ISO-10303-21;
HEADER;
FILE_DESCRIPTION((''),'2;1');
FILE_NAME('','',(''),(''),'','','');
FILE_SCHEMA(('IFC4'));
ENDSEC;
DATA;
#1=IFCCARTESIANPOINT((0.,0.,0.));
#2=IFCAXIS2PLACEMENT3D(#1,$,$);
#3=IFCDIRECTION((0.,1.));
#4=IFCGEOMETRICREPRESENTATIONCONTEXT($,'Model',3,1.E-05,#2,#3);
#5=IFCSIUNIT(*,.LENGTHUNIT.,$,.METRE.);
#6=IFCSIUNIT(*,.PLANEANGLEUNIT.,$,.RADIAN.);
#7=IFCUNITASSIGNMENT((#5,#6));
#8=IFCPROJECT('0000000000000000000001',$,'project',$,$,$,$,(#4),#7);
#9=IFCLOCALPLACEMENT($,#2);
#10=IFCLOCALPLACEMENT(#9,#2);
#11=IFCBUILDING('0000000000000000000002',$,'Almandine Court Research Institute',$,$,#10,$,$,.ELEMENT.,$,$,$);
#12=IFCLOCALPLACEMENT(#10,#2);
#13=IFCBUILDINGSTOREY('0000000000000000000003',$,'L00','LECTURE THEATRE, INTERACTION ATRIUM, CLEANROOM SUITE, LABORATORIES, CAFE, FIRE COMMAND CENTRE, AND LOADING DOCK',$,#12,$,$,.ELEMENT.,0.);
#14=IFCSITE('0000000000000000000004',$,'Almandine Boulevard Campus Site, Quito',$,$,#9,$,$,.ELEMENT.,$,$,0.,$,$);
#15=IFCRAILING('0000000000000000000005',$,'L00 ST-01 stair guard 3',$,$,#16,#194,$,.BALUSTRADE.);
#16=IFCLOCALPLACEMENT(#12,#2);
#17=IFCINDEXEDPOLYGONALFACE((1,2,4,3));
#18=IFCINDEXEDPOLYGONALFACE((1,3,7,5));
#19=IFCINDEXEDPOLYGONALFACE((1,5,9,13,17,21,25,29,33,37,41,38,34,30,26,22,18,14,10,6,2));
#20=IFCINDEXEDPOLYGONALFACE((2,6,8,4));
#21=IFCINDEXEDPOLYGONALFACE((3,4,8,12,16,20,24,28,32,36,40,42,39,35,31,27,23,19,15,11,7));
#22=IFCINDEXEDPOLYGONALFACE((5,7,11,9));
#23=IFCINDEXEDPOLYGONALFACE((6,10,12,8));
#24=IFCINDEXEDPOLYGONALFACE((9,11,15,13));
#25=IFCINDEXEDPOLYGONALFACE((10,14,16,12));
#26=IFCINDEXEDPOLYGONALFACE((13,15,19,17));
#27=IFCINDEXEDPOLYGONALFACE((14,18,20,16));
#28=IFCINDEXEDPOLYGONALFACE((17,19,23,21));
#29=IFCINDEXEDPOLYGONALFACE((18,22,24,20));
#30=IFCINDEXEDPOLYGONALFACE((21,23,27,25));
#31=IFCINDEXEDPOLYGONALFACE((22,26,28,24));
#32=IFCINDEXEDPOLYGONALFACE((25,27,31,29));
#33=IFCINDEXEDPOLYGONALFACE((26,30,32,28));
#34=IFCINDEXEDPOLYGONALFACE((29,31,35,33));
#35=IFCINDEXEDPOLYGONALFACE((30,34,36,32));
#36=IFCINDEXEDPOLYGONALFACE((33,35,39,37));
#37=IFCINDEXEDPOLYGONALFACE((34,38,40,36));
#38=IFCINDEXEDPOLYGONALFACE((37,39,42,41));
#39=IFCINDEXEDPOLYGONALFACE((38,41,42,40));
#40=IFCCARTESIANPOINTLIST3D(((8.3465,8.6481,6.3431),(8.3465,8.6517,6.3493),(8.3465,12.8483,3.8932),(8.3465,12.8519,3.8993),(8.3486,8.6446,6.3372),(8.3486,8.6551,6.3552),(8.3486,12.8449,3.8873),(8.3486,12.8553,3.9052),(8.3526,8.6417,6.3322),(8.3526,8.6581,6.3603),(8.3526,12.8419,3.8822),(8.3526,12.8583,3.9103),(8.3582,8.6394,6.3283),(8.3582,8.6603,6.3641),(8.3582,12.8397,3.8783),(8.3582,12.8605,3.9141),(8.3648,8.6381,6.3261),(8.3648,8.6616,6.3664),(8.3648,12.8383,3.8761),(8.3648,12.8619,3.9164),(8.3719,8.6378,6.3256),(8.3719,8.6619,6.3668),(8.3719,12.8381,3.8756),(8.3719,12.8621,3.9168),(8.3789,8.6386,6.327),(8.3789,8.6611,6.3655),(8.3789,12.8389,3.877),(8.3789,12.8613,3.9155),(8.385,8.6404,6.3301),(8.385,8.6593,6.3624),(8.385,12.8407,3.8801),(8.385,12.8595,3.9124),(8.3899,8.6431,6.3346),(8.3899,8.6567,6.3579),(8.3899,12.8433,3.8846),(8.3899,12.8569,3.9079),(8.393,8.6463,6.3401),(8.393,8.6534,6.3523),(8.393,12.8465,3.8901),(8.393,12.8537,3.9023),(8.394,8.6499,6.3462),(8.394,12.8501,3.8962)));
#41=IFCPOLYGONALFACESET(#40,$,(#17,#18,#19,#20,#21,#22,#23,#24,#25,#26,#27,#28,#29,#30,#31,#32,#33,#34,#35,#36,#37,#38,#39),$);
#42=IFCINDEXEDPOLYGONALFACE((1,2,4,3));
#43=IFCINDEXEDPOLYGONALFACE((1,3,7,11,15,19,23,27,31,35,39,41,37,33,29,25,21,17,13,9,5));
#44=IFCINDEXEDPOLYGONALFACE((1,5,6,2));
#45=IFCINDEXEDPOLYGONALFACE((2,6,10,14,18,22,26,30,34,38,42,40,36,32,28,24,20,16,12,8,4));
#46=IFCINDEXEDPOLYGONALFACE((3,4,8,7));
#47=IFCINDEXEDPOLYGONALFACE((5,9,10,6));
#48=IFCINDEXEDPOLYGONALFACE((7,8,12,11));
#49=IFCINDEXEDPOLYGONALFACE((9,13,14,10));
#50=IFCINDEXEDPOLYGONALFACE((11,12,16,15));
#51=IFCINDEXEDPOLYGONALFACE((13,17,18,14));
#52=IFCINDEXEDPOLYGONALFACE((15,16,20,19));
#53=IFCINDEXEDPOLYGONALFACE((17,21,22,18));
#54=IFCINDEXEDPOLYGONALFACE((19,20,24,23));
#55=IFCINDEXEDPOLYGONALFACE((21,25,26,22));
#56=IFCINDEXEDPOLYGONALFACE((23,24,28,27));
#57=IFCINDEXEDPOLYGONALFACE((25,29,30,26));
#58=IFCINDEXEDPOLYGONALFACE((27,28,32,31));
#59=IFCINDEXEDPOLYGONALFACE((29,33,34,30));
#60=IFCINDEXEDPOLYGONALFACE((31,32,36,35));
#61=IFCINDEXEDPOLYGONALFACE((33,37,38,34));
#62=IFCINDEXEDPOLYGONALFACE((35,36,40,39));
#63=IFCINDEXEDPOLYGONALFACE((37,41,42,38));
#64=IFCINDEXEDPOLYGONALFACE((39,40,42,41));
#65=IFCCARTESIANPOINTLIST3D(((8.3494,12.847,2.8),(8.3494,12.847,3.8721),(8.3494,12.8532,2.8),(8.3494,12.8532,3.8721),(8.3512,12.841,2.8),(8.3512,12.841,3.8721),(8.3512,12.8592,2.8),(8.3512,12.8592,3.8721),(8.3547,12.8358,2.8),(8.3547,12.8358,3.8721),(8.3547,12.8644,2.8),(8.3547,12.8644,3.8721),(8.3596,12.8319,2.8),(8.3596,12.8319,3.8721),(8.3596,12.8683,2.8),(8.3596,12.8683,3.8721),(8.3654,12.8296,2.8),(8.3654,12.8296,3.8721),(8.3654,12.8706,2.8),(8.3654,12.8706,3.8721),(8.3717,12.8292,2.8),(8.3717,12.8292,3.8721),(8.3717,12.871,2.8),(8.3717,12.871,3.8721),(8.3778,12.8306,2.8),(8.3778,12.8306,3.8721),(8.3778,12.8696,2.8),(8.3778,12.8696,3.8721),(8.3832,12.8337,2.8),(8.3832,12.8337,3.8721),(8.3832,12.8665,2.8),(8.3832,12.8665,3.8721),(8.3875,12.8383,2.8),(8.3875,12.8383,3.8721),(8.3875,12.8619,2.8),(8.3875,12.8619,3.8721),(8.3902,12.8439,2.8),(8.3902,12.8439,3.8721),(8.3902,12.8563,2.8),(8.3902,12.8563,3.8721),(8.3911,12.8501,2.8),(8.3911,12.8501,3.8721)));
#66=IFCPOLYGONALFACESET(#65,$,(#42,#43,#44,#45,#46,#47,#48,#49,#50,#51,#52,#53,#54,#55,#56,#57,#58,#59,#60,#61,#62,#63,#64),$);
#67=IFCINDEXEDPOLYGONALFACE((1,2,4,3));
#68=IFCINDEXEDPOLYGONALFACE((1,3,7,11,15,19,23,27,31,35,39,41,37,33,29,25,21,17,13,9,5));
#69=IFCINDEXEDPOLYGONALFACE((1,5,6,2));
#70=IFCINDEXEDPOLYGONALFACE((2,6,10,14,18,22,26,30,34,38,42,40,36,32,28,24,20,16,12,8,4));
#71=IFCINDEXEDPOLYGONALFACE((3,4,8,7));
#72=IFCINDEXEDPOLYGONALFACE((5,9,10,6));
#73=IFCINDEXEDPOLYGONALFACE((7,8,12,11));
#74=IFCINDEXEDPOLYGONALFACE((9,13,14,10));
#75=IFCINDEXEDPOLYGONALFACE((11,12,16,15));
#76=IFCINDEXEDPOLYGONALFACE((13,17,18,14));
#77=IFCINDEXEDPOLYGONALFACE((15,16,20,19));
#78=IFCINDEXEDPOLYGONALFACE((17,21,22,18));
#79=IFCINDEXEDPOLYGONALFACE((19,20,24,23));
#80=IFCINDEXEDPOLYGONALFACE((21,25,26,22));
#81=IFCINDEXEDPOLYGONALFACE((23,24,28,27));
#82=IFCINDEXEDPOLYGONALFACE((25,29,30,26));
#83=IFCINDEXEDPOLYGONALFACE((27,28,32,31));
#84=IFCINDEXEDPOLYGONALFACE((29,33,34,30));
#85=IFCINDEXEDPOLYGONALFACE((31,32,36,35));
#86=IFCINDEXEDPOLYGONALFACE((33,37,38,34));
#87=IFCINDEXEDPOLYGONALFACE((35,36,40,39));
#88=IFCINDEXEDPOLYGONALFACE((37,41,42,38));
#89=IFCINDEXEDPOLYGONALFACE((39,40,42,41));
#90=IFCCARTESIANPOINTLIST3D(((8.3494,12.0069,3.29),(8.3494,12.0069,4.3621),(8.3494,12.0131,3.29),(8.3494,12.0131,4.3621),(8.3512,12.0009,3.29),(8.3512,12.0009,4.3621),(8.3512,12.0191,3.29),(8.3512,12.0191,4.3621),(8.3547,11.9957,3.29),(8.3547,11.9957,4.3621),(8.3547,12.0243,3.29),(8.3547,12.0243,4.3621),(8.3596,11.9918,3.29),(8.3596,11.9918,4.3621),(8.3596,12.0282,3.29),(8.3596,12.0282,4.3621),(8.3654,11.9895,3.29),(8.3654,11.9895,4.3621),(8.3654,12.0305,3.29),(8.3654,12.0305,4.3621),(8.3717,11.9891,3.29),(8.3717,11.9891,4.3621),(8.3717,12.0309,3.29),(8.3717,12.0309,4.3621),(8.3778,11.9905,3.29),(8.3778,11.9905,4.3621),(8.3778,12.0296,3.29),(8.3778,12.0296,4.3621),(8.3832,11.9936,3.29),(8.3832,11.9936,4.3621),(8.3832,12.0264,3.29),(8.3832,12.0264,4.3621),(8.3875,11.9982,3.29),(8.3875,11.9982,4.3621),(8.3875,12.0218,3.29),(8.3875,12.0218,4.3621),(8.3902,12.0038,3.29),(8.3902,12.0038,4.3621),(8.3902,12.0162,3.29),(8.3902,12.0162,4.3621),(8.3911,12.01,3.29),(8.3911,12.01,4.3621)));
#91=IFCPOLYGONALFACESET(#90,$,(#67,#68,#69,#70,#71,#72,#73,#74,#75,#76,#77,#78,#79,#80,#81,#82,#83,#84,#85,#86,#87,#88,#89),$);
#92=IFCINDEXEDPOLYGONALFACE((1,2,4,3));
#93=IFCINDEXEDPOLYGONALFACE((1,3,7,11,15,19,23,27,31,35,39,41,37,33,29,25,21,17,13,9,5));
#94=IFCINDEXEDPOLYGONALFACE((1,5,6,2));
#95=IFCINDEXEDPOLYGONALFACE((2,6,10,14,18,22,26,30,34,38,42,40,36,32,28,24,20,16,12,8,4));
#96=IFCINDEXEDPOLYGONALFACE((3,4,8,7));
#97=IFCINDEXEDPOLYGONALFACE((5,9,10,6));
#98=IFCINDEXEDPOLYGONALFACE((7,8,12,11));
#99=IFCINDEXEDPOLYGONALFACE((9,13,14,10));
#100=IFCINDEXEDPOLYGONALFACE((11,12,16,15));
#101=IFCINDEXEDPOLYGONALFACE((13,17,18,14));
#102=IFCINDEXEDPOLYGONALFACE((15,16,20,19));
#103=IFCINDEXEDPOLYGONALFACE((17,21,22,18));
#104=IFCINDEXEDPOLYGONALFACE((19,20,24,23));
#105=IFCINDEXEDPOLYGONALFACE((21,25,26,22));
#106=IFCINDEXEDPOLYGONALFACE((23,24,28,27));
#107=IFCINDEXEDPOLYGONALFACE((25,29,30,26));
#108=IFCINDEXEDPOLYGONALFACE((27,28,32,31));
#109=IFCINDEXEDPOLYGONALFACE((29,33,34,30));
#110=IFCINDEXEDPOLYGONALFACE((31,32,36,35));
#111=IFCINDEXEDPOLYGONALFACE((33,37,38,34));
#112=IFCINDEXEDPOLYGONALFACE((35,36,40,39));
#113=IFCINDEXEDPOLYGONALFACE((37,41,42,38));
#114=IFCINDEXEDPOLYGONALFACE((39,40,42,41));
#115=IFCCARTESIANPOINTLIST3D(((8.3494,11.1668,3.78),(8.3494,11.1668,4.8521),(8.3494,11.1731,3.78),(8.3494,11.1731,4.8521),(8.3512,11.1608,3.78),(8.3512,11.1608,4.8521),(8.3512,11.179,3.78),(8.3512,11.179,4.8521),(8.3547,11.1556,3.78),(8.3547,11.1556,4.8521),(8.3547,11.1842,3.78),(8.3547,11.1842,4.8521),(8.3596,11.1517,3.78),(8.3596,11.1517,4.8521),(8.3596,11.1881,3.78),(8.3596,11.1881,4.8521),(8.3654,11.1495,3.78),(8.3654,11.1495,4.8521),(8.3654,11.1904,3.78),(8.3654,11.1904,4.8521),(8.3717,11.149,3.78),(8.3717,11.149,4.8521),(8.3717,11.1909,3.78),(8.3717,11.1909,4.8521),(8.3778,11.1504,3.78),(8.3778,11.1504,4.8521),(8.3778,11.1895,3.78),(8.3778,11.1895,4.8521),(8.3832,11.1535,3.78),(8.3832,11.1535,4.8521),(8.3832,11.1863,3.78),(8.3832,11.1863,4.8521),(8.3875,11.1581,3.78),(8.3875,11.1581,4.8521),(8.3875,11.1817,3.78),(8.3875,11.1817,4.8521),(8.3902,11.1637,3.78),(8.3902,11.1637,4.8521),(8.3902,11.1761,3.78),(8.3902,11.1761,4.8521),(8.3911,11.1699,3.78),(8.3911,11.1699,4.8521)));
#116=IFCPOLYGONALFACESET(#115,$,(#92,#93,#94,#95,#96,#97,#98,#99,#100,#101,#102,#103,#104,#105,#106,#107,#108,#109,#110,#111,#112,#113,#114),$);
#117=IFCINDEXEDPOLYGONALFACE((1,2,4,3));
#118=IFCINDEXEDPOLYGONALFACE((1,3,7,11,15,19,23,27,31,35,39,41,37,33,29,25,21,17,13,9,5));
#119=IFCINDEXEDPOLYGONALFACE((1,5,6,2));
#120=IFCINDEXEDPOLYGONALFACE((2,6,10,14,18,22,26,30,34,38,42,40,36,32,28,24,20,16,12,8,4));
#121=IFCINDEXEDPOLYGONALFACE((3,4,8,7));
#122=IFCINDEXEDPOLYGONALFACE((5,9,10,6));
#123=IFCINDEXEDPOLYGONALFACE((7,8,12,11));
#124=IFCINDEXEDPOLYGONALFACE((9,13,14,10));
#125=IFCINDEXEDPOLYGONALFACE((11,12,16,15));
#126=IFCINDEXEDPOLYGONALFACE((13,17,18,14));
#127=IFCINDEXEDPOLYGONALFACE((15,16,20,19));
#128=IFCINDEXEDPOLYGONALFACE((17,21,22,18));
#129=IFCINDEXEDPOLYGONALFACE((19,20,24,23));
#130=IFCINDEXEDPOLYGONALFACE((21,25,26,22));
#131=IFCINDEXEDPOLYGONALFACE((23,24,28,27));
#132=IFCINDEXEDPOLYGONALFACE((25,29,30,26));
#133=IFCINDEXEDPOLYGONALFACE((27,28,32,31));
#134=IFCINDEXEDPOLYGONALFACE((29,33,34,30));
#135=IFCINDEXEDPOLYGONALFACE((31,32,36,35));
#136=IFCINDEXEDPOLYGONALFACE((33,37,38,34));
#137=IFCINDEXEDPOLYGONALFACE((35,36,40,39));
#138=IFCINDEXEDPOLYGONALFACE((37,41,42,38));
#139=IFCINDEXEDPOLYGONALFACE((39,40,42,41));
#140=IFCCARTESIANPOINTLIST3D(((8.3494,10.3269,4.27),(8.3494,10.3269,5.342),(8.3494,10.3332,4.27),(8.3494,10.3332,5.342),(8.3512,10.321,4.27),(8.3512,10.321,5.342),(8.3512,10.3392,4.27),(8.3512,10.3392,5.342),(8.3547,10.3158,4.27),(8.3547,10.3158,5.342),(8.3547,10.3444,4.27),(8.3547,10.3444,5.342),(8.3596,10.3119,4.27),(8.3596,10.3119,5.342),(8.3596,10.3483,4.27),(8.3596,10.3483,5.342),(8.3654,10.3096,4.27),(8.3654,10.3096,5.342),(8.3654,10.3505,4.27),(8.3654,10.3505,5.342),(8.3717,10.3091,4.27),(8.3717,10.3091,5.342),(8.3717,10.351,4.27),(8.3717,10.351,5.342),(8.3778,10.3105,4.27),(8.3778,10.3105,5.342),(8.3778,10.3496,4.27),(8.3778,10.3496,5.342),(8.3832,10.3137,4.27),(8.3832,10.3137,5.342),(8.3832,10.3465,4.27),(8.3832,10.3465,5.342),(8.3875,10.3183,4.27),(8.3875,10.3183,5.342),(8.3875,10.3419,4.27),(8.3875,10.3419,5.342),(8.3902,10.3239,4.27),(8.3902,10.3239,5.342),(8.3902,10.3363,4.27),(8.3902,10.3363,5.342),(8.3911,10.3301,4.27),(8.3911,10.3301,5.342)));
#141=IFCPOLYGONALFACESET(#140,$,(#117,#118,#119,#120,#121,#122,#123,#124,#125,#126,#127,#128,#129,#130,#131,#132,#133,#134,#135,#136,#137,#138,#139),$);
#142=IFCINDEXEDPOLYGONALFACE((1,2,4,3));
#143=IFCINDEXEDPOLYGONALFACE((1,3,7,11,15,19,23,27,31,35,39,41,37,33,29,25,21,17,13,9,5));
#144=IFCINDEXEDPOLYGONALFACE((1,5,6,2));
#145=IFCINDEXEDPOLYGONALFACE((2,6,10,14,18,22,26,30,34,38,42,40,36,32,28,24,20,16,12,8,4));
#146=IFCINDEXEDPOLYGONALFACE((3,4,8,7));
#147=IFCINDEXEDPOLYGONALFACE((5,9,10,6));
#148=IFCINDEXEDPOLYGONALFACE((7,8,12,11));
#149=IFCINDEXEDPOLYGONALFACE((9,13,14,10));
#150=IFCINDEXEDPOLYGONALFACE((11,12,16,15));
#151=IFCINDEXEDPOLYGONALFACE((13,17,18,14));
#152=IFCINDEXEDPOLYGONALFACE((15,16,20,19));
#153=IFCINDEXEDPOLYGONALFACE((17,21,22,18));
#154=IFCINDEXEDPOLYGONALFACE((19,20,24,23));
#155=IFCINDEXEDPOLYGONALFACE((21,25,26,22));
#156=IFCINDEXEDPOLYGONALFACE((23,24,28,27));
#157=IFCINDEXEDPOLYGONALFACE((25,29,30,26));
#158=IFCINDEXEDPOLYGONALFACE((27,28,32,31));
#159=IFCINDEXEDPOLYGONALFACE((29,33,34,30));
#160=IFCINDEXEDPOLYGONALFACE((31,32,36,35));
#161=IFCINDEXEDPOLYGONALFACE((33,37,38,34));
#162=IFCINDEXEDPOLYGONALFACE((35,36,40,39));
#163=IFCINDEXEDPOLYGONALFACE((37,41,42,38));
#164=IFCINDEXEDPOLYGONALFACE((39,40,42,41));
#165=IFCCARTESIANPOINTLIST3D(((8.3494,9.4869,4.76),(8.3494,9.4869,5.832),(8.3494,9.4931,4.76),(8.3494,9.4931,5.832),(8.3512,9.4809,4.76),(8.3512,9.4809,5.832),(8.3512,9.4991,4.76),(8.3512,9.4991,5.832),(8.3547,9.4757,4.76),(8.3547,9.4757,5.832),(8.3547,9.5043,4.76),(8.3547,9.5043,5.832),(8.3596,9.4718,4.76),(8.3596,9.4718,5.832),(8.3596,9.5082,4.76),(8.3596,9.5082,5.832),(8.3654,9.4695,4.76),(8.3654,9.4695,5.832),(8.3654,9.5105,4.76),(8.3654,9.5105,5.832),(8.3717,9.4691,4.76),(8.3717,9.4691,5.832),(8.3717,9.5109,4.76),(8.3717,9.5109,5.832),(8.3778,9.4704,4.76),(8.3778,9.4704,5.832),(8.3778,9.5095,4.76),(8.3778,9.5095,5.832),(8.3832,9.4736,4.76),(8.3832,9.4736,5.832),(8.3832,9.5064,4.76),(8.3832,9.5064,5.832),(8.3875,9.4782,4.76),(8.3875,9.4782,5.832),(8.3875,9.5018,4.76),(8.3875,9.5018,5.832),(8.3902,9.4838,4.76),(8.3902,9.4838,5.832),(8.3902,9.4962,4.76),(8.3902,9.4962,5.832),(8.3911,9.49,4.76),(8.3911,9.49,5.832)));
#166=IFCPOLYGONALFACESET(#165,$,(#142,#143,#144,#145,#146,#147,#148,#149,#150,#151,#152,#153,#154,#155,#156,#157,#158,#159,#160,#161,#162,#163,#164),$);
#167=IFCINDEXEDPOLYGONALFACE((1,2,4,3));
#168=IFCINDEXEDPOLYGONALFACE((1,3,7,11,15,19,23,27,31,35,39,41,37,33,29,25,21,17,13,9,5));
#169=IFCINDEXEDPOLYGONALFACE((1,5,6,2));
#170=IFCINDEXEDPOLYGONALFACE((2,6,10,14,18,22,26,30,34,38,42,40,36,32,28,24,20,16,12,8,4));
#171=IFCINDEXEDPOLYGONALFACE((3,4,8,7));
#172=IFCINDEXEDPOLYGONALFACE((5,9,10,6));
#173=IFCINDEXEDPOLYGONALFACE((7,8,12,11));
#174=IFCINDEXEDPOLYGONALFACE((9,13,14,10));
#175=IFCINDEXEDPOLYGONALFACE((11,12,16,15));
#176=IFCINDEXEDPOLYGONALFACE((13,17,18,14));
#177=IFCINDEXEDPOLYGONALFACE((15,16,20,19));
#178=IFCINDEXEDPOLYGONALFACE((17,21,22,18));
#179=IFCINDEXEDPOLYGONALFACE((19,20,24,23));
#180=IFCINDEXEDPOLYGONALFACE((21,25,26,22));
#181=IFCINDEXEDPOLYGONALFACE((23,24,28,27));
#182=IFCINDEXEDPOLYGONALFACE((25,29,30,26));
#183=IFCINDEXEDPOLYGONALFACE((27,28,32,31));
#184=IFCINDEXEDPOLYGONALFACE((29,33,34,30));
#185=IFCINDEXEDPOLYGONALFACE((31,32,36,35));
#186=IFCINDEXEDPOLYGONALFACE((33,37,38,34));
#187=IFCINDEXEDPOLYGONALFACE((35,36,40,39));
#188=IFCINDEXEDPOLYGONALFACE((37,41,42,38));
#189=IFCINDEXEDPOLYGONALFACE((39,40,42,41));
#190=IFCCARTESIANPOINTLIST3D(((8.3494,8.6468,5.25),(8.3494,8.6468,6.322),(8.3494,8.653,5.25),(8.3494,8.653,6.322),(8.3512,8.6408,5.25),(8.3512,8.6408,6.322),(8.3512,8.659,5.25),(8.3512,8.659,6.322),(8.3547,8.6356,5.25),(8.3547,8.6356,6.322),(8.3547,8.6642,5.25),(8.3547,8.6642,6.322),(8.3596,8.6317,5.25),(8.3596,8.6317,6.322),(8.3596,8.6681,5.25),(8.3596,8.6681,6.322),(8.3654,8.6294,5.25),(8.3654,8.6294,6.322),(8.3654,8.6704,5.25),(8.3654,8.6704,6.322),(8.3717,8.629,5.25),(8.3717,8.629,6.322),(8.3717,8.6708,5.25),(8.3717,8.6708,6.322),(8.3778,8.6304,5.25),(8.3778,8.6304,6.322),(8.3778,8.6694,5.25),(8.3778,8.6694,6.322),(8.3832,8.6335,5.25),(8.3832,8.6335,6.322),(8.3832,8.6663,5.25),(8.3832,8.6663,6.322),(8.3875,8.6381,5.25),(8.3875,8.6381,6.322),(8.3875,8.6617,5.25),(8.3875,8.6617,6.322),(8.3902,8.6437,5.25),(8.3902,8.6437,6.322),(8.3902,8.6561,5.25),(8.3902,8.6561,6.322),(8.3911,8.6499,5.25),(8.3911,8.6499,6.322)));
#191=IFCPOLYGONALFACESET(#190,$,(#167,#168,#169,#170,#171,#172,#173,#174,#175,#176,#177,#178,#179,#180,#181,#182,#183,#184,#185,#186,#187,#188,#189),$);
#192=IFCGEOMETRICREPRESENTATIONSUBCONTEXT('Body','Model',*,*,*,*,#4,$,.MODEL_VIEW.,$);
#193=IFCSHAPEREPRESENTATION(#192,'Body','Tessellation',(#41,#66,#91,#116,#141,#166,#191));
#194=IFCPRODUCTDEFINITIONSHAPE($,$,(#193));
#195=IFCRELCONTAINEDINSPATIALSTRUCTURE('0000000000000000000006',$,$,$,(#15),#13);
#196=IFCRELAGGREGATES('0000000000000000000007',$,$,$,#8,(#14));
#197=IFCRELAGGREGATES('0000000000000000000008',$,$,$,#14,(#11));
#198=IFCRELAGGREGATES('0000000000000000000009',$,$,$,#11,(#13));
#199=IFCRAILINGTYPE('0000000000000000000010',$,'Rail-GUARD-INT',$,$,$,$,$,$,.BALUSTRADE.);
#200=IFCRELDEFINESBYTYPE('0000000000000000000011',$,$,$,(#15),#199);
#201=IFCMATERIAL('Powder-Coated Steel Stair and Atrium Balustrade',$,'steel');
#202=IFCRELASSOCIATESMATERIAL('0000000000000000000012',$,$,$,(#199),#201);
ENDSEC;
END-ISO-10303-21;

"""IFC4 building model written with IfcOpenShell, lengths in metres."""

from ifc_helpers import new_model, si_unit, direction, frame, origin, origin_2d, place, context, subcontext, project, spatial, circle, extrude, material, type_object, element, save


model = new_model("IFC4")

# Units and contexts
model_context = context("Model", 3, precision=1e-05, world=origin(), true_north=direction((0.0, 1.0)))
body_context = subcontext(model_context, "Body", "Model", "MODEL_VIEW")
ifc_project = project(units=[si_unit("LENGTHUNIT", "METRE"), si_unit("PLANEANGLEUNIT", "RADIAN")], contexts=[model_context])

# Site, building, storey
site_placement = place(None, origin())
site = spatial("IfcSite", under=ifc_project, at=site_placement, Name="Almandine Boulevard Campus Site, Quito", CompositionType="ELEMENT", RefElevation=0.0)
building_placement = place(site_placement, origin())
building = spatial("IfcBuilding", under=site, at=building_placement, Name="Almandine Court Research Institute", CompositionType="ELEMENT")
storey_placement = place(building_placement, origin())
storey = spatial("IfcBuildingStorey", under=building, at=storey_placement, Name="L00", Description="LECTURE THEATRE, INTERACTION ATRIUM, CLEANROOM SUITE, LABORATORIES, CAFE, FIRE COMMAND CENTRE, AND LOADING DOCK", CompositionType="ELEMENT", Elevation=0.0)

# Railing
ifc_material_1 = material(Name="Powder-Coated Steel Stair and Atrium Balustrade", Category="steel")
railing_type_1 = type_object("IfcRailingType", Name="Rail-GUARD-INT", PredefinedType="BALUSTRADE", material=ifc_material_1)
railing_1_placement = place(storey_placement, frame((8.3701, 12.8501, 2.8)))
element("IfcRailing", 1, at=railing_1_placement, inside=storey, type_object=railing_type_1, Name="L00 ST-01 stair guard 3", PredefinedType="BALUSTRADE", context=body_context, shape_type="SweptSolid", body=[
    extrude(circle(Radius=0.0239, at=origin_2d()), frame((0.0, 0.0, 1.0962), z_axis=(0.0, -0.863793, 0.503846), x_axis=(1.0, 0.0, 0.0)), (0.0, 0.0, 1.0), 4.8625),
    extrude(circle(Radius=0.021, at=origin_2d()), origin(), (0.0, 0.0, 1.0), 1.072),
    extrude(circle(Radius=0.021, at=origin_2d()), frame((0.0, -0.8401, 0.49)), (0.0, 0.0, 1.0), 1.072),
    extrude(circle(Radius=0.021, at=origin_2d()), frame((0.0, -1.6802, 0.98)), (0.0, 0.0, 1.0), 1.072),
    extrude(circle(Radius=0.021, at=origin_2d()), frame((0.0, -2.52, 1.47)), (0.0, 0.0, 1.0), 1.072),
    extrude(circle(Radius=0.021, at=origin_2d()), frame((0.0, -3.3601, 1.96)), (0.0, 0.0, 1.0), 1.072),
    extrude(circle(Radius=0.021, at=origin_2d()), frame((0.0, -4.2002, 2.45)), (0.0, 0.0, 1.0), 1.072),
])

save(model, "model.ifc")
